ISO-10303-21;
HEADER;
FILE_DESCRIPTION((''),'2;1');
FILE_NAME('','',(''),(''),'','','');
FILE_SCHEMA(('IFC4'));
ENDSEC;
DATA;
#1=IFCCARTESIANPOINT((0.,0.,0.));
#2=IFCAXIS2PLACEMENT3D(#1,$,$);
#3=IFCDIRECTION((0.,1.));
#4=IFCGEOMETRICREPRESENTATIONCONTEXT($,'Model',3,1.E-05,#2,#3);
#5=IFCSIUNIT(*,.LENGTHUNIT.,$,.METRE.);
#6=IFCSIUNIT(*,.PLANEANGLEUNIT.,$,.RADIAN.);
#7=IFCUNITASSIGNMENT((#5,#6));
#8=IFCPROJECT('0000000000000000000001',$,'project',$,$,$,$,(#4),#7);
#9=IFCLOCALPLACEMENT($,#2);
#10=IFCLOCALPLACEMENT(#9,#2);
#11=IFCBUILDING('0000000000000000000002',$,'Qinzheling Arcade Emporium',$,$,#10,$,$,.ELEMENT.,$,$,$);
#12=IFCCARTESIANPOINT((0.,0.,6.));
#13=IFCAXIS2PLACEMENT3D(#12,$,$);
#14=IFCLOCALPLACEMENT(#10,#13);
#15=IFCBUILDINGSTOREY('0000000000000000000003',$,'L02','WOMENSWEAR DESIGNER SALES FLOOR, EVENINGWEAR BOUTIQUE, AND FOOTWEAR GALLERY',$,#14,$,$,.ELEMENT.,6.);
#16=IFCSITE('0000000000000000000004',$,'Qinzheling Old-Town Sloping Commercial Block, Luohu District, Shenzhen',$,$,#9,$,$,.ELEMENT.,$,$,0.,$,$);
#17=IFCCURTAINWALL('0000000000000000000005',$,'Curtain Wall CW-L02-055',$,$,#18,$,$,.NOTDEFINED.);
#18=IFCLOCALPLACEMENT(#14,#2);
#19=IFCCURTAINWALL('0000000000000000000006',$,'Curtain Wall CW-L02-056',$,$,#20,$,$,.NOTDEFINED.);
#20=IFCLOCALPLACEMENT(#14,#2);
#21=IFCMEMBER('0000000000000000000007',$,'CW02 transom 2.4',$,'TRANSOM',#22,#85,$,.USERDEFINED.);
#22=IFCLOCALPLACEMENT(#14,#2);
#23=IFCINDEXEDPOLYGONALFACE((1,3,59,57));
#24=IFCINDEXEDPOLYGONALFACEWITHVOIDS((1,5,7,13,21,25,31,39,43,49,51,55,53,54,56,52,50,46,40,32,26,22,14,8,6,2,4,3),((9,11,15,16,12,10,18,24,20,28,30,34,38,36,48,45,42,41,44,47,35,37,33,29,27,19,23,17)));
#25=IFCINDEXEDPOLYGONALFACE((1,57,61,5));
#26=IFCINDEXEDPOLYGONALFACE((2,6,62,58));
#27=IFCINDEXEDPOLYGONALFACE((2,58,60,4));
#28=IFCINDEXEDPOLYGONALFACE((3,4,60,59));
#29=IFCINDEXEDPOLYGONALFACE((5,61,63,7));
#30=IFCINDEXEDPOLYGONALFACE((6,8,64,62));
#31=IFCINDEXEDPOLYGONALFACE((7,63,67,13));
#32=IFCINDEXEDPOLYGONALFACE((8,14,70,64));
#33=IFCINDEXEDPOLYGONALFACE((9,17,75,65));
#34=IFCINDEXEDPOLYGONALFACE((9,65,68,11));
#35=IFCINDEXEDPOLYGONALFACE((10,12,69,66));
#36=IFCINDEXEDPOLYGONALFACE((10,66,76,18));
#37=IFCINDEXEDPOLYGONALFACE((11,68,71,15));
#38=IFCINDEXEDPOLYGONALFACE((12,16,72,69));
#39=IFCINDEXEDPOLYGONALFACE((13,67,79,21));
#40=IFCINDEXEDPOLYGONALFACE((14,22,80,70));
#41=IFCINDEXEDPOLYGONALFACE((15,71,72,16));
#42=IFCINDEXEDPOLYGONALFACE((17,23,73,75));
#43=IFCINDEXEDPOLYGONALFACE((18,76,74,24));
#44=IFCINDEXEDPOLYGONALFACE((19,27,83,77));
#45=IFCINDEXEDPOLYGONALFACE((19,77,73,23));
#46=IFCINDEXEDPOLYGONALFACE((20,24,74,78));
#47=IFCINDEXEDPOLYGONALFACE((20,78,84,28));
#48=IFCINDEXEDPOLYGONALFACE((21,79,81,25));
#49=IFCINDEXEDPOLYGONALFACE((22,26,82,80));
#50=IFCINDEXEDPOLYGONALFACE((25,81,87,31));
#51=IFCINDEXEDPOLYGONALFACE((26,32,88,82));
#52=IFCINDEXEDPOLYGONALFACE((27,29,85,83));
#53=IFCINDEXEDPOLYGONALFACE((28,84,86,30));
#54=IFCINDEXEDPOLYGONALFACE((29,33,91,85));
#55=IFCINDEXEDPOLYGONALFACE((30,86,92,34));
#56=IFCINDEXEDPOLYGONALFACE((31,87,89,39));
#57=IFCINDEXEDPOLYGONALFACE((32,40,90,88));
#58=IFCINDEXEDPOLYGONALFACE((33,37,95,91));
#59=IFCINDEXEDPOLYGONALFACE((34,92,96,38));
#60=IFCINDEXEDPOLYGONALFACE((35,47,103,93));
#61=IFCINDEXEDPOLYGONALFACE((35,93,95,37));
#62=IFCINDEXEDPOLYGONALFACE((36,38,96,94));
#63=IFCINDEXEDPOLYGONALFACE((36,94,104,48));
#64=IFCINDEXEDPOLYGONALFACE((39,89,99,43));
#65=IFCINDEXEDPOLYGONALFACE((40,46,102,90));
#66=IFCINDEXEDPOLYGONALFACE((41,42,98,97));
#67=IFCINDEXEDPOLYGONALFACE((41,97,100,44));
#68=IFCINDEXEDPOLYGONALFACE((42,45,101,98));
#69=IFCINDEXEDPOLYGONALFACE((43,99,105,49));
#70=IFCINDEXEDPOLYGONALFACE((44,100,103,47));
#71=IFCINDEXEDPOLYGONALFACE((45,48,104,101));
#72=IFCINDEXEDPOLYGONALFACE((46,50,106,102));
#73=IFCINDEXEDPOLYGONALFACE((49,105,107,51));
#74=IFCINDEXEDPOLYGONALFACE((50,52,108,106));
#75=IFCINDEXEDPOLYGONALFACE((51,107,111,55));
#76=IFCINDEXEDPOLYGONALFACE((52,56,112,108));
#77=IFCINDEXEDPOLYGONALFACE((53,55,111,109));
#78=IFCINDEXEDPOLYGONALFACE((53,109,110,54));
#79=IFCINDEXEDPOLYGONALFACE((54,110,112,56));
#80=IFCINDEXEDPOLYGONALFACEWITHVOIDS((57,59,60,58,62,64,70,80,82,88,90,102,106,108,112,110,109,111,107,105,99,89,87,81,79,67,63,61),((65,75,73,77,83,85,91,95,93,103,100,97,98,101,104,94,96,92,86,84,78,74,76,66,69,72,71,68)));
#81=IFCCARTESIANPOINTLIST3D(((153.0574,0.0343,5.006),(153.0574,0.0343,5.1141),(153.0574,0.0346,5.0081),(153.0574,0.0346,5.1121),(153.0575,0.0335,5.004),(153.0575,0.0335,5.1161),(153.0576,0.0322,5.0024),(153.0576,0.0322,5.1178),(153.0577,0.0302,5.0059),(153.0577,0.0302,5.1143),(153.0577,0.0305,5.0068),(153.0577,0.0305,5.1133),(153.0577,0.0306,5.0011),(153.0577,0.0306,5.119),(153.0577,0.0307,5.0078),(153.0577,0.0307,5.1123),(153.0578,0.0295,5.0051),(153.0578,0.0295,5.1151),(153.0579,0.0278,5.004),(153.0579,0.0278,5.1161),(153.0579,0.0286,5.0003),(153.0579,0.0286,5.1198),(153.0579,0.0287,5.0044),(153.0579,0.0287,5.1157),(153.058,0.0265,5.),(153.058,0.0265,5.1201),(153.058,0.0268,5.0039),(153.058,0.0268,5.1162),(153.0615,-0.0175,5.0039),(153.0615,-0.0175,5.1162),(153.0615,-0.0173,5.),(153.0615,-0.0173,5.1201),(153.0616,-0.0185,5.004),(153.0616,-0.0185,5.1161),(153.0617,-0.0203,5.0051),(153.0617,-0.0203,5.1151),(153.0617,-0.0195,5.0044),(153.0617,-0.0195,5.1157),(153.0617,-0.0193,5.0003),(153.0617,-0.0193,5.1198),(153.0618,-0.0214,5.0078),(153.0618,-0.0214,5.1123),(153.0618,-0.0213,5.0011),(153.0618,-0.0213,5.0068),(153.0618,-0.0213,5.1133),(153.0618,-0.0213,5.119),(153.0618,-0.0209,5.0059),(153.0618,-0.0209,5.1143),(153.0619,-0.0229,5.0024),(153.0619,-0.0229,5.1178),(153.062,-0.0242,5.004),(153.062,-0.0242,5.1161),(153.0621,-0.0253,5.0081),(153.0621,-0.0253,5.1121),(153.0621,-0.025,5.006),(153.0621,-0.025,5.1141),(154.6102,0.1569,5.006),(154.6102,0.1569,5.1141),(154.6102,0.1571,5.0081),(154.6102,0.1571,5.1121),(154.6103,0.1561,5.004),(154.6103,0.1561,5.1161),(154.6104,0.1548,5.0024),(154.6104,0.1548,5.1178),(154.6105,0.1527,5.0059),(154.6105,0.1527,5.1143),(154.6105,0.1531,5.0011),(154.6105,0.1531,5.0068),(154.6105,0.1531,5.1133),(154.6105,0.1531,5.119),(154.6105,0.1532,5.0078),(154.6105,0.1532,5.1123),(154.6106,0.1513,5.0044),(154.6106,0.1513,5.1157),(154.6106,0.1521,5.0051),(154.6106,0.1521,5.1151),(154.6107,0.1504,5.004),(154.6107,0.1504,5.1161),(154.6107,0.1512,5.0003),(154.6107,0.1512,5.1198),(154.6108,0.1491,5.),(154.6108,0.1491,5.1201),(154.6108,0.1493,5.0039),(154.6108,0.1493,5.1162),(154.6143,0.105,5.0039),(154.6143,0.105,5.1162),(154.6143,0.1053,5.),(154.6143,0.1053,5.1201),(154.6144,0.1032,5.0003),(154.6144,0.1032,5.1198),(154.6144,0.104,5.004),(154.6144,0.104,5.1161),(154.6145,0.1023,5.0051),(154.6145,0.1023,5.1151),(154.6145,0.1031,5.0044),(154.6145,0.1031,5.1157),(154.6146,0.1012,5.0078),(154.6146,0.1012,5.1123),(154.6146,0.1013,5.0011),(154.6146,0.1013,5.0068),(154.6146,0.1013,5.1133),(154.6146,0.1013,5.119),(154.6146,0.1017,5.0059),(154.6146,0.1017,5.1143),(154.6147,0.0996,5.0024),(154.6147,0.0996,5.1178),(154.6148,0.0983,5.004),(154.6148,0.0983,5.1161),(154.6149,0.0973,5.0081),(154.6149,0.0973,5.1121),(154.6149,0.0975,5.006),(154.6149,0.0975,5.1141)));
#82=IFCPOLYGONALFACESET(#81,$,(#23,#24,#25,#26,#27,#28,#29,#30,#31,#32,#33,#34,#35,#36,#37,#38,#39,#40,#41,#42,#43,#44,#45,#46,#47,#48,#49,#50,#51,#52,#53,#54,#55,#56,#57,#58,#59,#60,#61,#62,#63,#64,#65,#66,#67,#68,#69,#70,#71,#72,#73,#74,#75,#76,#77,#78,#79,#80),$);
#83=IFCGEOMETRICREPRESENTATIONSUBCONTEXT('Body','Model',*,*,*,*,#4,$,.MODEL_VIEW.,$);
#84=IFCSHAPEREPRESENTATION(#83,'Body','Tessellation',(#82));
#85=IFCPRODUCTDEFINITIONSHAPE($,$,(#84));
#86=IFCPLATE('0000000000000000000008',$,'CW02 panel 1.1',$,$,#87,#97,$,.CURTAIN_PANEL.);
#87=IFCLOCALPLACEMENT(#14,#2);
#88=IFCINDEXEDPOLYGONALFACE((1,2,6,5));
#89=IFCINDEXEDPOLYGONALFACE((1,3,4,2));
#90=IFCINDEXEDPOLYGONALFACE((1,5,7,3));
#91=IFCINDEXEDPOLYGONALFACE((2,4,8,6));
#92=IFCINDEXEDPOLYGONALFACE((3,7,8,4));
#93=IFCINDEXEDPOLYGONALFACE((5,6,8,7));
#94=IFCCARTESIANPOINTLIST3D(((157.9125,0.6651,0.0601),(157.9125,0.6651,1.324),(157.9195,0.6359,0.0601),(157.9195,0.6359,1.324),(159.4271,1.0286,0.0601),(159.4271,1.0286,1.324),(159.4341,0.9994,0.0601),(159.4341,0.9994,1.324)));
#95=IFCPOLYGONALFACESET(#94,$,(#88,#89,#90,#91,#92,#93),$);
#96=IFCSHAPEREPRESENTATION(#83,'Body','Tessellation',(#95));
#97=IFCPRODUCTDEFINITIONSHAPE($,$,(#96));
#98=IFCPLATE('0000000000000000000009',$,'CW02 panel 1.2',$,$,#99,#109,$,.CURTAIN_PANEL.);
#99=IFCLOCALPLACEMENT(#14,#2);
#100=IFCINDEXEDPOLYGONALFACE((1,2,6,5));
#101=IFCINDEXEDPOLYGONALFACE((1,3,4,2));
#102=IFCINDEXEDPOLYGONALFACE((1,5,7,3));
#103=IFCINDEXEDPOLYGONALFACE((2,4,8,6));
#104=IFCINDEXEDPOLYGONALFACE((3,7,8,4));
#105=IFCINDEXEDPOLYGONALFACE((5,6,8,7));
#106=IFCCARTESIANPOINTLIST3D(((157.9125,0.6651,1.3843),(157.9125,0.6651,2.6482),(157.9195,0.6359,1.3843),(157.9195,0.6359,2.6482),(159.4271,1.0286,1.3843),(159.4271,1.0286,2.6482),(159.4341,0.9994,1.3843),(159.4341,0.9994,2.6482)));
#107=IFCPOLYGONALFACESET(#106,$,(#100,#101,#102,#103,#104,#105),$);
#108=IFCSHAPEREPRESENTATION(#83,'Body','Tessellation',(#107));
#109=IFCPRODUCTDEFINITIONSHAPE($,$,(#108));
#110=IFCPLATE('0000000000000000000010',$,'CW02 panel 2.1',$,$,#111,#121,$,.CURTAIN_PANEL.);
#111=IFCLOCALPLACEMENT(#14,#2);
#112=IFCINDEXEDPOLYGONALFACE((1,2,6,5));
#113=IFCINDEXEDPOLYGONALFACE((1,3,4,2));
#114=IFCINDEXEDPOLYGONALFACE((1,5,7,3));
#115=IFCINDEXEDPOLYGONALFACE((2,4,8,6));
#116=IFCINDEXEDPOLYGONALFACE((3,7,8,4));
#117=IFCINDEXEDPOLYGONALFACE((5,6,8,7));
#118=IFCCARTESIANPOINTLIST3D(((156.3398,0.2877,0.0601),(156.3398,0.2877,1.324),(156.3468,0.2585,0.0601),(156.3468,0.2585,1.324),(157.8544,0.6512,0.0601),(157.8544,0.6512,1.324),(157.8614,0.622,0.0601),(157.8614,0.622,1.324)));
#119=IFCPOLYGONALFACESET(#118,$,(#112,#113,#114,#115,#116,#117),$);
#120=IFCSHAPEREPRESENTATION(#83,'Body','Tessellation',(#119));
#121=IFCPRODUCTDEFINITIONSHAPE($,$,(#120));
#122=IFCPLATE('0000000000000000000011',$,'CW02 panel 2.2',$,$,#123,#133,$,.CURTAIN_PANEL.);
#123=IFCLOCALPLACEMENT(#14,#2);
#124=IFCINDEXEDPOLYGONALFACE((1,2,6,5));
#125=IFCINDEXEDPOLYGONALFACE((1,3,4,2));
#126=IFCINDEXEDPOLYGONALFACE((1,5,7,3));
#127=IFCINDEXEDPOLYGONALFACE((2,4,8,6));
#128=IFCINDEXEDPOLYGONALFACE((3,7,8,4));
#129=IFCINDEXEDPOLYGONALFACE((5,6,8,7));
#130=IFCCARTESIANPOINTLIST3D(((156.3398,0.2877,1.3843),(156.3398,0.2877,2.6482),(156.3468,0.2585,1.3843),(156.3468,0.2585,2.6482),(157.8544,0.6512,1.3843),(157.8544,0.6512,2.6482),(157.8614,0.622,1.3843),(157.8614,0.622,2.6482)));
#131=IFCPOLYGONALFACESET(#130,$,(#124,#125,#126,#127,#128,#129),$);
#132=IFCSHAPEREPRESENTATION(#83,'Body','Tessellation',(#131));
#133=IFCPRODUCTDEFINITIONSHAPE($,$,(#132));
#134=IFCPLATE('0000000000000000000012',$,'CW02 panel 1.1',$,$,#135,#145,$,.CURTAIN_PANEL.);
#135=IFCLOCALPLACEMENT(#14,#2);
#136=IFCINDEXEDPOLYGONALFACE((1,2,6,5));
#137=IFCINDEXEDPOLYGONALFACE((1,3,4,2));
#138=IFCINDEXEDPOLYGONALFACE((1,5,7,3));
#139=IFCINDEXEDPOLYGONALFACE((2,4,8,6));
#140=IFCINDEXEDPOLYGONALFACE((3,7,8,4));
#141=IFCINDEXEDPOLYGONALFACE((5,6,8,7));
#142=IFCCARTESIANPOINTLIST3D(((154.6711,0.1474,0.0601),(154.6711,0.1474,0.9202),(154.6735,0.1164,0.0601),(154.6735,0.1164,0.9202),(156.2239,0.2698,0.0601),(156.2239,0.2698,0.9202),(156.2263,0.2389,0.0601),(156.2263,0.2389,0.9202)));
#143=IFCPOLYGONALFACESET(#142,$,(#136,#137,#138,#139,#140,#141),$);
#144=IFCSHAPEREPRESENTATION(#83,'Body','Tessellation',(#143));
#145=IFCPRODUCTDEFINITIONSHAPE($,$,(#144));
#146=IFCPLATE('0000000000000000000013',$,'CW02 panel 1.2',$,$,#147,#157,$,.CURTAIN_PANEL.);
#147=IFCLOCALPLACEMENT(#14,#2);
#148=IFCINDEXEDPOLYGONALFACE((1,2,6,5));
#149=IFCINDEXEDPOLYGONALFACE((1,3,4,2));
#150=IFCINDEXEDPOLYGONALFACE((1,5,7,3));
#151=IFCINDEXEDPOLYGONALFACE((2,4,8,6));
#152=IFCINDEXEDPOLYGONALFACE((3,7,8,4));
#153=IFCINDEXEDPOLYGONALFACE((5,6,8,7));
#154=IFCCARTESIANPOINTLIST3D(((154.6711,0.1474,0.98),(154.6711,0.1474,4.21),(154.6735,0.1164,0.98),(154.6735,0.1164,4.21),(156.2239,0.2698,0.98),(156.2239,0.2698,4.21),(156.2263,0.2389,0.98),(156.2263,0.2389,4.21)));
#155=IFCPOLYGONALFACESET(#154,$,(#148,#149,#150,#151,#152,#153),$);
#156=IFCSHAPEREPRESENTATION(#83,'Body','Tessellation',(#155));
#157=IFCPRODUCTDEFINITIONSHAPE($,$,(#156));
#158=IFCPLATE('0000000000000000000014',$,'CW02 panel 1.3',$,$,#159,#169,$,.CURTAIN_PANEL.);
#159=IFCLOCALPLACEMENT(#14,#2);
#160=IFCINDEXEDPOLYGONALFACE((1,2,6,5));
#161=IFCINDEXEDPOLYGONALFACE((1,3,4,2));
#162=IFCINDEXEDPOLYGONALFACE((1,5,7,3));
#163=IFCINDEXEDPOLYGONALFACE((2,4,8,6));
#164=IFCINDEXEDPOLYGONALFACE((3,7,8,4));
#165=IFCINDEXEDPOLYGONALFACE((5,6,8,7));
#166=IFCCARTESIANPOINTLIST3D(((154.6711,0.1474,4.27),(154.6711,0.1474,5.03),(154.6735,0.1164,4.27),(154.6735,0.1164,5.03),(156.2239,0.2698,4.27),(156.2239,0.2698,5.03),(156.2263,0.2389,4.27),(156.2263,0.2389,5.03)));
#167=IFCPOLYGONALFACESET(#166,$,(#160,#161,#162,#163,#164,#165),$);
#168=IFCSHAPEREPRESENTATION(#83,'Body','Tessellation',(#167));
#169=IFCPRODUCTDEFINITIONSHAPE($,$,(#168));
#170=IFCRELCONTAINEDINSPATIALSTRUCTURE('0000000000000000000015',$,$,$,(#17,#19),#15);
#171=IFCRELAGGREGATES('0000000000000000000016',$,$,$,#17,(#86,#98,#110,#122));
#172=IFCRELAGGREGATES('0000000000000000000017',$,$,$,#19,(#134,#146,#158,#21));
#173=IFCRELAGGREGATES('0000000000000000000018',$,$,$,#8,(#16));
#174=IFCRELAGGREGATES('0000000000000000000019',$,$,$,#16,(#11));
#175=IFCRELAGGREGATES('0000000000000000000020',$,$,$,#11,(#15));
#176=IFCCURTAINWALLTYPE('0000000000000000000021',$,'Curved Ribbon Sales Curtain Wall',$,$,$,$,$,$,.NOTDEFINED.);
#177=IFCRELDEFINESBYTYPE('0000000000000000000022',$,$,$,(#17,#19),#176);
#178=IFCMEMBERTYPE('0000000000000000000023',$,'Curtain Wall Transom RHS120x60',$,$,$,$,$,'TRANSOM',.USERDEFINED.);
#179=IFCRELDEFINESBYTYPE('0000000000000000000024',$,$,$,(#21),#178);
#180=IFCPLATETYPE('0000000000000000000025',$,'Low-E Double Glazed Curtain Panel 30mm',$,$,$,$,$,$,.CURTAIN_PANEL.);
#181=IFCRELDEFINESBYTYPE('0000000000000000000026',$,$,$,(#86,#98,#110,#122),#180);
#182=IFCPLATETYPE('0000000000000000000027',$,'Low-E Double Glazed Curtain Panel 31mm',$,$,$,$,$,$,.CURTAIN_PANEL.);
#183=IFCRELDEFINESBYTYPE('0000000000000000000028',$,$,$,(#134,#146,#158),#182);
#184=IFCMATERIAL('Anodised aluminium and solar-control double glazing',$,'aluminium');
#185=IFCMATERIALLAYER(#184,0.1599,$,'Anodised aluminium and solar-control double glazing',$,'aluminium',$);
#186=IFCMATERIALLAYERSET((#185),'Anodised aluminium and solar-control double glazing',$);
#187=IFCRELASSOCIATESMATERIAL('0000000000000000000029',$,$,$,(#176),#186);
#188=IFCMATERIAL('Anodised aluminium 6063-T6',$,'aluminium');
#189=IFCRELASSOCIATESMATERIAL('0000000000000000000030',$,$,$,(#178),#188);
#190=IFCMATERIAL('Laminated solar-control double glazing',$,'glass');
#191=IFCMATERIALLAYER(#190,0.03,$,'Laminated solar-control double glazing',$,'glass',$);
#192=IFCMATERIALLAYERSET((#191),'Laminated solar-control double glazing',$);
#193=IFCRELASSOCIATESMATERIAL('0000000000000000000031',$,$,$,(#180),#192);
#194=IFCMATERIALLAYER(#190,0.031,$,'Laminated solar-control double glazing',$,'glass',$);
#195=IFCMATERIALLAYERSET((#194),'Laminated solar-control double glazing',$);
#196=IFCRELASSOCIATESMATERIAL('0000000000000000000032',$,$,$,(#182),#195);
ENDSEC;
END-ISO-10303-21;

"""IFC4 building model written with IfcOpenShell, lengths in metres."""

from ifc_helpers import new_model, si_unit, direction, frame, origin, origin_2d, place, context, subcontext, project, spatial, rectangle, hollow_rectangle, extrude, material, layer, layer_set, material_profile, profile_set, type_object, element, aggregate, save


model = new_model("IFC4")

# Units and contexts
model_context = context("Model", 3, precision=1e-05, world=origin(), true_north=direction((0.0, 1.0)))
body_context = subcontext(model_context, "Body", "Model", "MODEL_VIEW")
ifc_project = project(units=[si_unit("LENGTHUNIT", "METRE"), si_unit("PLANEANGLEUNIT", "RADIAN")], contexts=[model_context])

# Site, building, storey
site_placement = place(None, origin())
site = spatial("IfcSite", under=ifc_project, at=site_placement, Name="Qinzheling Old-Town Sloping Commercial Block, Luohu District, Shenzhen", CompositionType="ELEMENT", RefElevation=0.0)
building_placement = place(site_placement, origin())
building = spatial("IfcBuilding", under=site, at=building_placement, Name="Qinzheling Arcade Emporium", CompositionType="ELEMENT")
storey_placement = place(building_placement, frame((0.0, 0.0, 6.0)))
storey = spatial("IfcBuildingStorey", under=building, at=storey_placement, Name="L02", Description="WOMENSWEAR DESIGNER SALES FLOOR, EVENINGWEAR BOUTIQUE, AND FOOTWEAR GALLERY", CompositionType="ELEMENT", Elevation=6.0)

# Curtain walls
ifc_material_1 = material(Name="Anodised aluminium and solar-control double glazing", Category="aluminium")
ifc_layer_1 = layer(ifc_material_1, 0.1599, Name="Anodised aluminium and solar-control double glazing", Category="aluminium")
ifc_layer_set_1 = layer_set([ifc_layer_1], Name="Anodised aluminium and solar-control double glazing")
curtain_wall_type = type_object("IfcCurtainWallType", Name="Curved Ribbon Sales Curtain Wall", PredefinedType="NOTDEFINED", material=ifc_layer_set_1)
curtain_wall_1_placement = place(storey_placement, origin())
curtain_wall_1 = element("IfcCurtainWall", 1, at=curtain_wall_1_placement, inside=storey, type_object=curtain_wall_type, Name="Curtain Wall CW-L02-055", PredefinedType="NOTDEFINED")
ifc_material_2 = material(Name="Anodised aluminium 6063-T6", Category="aluminium")
curtain_wall_2_placement = place(storey_placement, origin())
curtain_wall_2 = element("IfcCurtainWall", 2, at=curtain_wall_2_placement, inside=storey, type_object=curtain_wall_type, Name="Curtain Wall CW-L02-056", PredefinedType="NOTDEFINED")

# Member
ifc_material_profile_1 = material_profile(ifc_material_2, hollow_rectangle(XDim=0.0601, YDim=0.1201, WallThickness=0.0039, InnerFilletRadius=0.0039, OuterFilletRadius=0.0081, at=origin_2d()), Name="RHS 120x60x4", Category="aluminium")
ifc_profile_set_1 = profile_set([ifc_material_profile_1], Name="Anodised aluminium 6063-T6")
member_type_1 = type_object("IfcMemberType", Name="Curtain Wall Transom RHS120x60", ElementType="TRANSOM", PredefinedType="USERDEFINED", material=ifc_profile_set_1)
member_1_placement = place(storey_placement, frame((154.6125, 0.1272, 5.0601), z_axis=(-0.996899, -0.078686, 0.0), x_axis=(0.078686, -0.996899, 0.0)))
member_1 = element("IfcMember", 3, at=member_1_placement, type_object=member_type_1, Name="CW02 transom 2.4", ObjectType="TRANSOM", PredefinedType="USERDEFINED", context=body_context, shape_type="SweptSolid", body=[
    extrude(hollow_rectangle(XDim=0.0601, YDim=0.1201, WallThickness=0.0039, InnerFilletRadius=0.0039, OuterFilletRadius=0.0081, at=origin_2d()), origin(), (0.0, 0.0, 1.0), 1.5576),
])

# Plates
ifc_material_3 = material(Name="Laminated solar-control double glazing", Category="glass")
ifc_layer_2 = layer(ifc_material_3, 0.03, Name="Laminated solar-control double glazing", Category="glass")
ifc_layer_set_2 = layer_set([ifc_layer_2], Name="Laminated solar-control double glazing")
plate_type_1 = type_object("IfcPlateType", Name="Low-E Double Glazed Curtain Panel 30mm", PredefinedType="CURTAIN_PANEL", material=ifc_layer_set_2)
plate_1_placement = place(storey_placement, frame((158.6733, 0.8323, 0.0601), z_axis=(0.0, 0.0, 1.0), x_axis=(-0.972385, -0.233384, 0.0)))
plate_1 = element("IfcPlate", 4, at=plate_1_placement, type_object=plate_type_1, Name="CW02 panel 1.1", PredefinedType="CURTAIN_PANEL", context=body_context, shape_type="SweptSolid", body=[
    extrude(rectangle(XDim=1.5576, YDim=0.03, at=origin_2d()), origin(), (0.0, 0.0, 1.0), 1.2639),
])
plate_2_placement = place(storey_placement, frame((158.6733, 0.8323, 1.3843), z_axis=(0.0, 0.0, 1.0), x_axis=(-0.972385, -0.233384, 0.0)))
plate_2 = element("IfcPlate", 5, at=plate_2_placement, type_object=plate_type_1, Name="CW02 panel 1.2", PredefinedType="CURTAIN_PANEL", context=body_context, shape_type="SweptSolid", body=[
    extrude(rectangle(XDim=1.5576, YDim=0.03, at=origin_2d()), origin(), (0.0, 0.0, 1.0), 1.2639),
])
plate_3_placement = place(storey_placement, frame((157.1006, 0.4548, 0.0601), z_axis=(0.0, 0.0, 1.0), x_axis=(-0.972385, -0.233384, 0.0)))
plate_3 = element("IfcPlate", 6, at=plate_3_placement, type_object=plate_type_1, Name="CW02 panel 2.1", PredefinedType="CURTAIN_PANEL", context=body_context, shape_type="SweptSolid", body=[
    extrude(rectangle(XDim=1.5576, YDim=0.03, at=origin_2d()), origin(), (0.0, 0.0, 1.0), 1.2639),
])
plate_4_placement = place(storey_placement, frame((157.1006, 0.4548, 1.3843), z_axis=(0.0, 0.0, 1.0), x_axis=(-0.972385, -0.233384, 0.0)))
plate_4 = element("IfcPlate", 7, at=plate_4_placement, type_object=plate_type_1, Name="CW02 panel 2.2", PredefinedType="CURTAIN_PANEL", context=body_context, shape_type="SweptSolid", body=[
    extrude(rectangle(XDim=1.5576, YDim=0.03, at=origin_2d()), origin(), (0.0, 0.0, 1.0), 1.2639),
])
aggregate(curtain_wall_1, [plate_1, plate_2, plate_3, plate_4])
ifc_layer_3 = layer(ifc_material_3, 0.031, Name="Laminated solar-control double glazing", Category="glass")
ifc_layer_set_3 = layer_set([ifc_layer_3], Name="Laminated solar-control double glazing")
plate_type_2 = type_object("IfcPlateType", Name="Low-E Double Glazed Curtain Panel 31mm", PredefinedType="CURTAIN_PANEL", material=ifc_layer_set_3)
plate_5_placement = place(storey_placement, frame((155.4487, 0.1931, 0.0601), z_axis=(0.0, 0.0, 1.0), x_axis=(-0.996906, -0.078599, 0.0)))
plate_5 = element("IfcPlate", 8, at=plate_5_placement, type_object=plate_type_2, Name="CW02 panel 1.1", PredefinedType="CURTAIN_PANEL", context=body_context, shape_type="SweptSolid", body=[
    extrude(rectangle(XDim=1.5576, YDim=0.031, at=origin_2d()), origin(), (0.0, 0.0, 1.0), 0.8601),
])
plate_6_placement = place(storey_placement, frame((155.4487, 0.1931, 0.98), z_axis=(0.0, 0.0, 1.0), x_axis=(-0.996906, -0.078599, 0.0)))
plate_6 = element("IfcPlate", 9, at=plate_6_placement, type_object=plate_type_2, Name="CW02 panel 1.2", PredefinedType="CURTAIN_PANEL", context=body_context, shape_type="SweptSolid", body=[
    extrude(rectangle(XDim=1.5576, YDim=0.031, at=origin_2d()), origin(), (0.0, 0.0, 1.0), 3.23),
])
plate_7_placement = place(storey_placement, frame((155.4487, 0.1931, 4.27), z_axis=(0.0, 0.0, 1.0), x_axis=(-0.996906, -0.078599, 0.0)))
plate_7 = element("IfcPlate", 10, at=plate_7_placement, type_object=plate_type_2, Name="CW02 panel 1.3", PredefinedType="CURTAIN_PANEL", context=body_context, shape_type="SweptSolid", body=[
    extrude(rectangle(XDim=1.5576, YDim=0.031, at=origin_2d()), origin(), (0.0, 0.0, 1.0), 0.76),
])
aggregate(curtain_wall_2, [plate_5, plate_6, plate_7, member_1])

save(model, "model.ifc")
